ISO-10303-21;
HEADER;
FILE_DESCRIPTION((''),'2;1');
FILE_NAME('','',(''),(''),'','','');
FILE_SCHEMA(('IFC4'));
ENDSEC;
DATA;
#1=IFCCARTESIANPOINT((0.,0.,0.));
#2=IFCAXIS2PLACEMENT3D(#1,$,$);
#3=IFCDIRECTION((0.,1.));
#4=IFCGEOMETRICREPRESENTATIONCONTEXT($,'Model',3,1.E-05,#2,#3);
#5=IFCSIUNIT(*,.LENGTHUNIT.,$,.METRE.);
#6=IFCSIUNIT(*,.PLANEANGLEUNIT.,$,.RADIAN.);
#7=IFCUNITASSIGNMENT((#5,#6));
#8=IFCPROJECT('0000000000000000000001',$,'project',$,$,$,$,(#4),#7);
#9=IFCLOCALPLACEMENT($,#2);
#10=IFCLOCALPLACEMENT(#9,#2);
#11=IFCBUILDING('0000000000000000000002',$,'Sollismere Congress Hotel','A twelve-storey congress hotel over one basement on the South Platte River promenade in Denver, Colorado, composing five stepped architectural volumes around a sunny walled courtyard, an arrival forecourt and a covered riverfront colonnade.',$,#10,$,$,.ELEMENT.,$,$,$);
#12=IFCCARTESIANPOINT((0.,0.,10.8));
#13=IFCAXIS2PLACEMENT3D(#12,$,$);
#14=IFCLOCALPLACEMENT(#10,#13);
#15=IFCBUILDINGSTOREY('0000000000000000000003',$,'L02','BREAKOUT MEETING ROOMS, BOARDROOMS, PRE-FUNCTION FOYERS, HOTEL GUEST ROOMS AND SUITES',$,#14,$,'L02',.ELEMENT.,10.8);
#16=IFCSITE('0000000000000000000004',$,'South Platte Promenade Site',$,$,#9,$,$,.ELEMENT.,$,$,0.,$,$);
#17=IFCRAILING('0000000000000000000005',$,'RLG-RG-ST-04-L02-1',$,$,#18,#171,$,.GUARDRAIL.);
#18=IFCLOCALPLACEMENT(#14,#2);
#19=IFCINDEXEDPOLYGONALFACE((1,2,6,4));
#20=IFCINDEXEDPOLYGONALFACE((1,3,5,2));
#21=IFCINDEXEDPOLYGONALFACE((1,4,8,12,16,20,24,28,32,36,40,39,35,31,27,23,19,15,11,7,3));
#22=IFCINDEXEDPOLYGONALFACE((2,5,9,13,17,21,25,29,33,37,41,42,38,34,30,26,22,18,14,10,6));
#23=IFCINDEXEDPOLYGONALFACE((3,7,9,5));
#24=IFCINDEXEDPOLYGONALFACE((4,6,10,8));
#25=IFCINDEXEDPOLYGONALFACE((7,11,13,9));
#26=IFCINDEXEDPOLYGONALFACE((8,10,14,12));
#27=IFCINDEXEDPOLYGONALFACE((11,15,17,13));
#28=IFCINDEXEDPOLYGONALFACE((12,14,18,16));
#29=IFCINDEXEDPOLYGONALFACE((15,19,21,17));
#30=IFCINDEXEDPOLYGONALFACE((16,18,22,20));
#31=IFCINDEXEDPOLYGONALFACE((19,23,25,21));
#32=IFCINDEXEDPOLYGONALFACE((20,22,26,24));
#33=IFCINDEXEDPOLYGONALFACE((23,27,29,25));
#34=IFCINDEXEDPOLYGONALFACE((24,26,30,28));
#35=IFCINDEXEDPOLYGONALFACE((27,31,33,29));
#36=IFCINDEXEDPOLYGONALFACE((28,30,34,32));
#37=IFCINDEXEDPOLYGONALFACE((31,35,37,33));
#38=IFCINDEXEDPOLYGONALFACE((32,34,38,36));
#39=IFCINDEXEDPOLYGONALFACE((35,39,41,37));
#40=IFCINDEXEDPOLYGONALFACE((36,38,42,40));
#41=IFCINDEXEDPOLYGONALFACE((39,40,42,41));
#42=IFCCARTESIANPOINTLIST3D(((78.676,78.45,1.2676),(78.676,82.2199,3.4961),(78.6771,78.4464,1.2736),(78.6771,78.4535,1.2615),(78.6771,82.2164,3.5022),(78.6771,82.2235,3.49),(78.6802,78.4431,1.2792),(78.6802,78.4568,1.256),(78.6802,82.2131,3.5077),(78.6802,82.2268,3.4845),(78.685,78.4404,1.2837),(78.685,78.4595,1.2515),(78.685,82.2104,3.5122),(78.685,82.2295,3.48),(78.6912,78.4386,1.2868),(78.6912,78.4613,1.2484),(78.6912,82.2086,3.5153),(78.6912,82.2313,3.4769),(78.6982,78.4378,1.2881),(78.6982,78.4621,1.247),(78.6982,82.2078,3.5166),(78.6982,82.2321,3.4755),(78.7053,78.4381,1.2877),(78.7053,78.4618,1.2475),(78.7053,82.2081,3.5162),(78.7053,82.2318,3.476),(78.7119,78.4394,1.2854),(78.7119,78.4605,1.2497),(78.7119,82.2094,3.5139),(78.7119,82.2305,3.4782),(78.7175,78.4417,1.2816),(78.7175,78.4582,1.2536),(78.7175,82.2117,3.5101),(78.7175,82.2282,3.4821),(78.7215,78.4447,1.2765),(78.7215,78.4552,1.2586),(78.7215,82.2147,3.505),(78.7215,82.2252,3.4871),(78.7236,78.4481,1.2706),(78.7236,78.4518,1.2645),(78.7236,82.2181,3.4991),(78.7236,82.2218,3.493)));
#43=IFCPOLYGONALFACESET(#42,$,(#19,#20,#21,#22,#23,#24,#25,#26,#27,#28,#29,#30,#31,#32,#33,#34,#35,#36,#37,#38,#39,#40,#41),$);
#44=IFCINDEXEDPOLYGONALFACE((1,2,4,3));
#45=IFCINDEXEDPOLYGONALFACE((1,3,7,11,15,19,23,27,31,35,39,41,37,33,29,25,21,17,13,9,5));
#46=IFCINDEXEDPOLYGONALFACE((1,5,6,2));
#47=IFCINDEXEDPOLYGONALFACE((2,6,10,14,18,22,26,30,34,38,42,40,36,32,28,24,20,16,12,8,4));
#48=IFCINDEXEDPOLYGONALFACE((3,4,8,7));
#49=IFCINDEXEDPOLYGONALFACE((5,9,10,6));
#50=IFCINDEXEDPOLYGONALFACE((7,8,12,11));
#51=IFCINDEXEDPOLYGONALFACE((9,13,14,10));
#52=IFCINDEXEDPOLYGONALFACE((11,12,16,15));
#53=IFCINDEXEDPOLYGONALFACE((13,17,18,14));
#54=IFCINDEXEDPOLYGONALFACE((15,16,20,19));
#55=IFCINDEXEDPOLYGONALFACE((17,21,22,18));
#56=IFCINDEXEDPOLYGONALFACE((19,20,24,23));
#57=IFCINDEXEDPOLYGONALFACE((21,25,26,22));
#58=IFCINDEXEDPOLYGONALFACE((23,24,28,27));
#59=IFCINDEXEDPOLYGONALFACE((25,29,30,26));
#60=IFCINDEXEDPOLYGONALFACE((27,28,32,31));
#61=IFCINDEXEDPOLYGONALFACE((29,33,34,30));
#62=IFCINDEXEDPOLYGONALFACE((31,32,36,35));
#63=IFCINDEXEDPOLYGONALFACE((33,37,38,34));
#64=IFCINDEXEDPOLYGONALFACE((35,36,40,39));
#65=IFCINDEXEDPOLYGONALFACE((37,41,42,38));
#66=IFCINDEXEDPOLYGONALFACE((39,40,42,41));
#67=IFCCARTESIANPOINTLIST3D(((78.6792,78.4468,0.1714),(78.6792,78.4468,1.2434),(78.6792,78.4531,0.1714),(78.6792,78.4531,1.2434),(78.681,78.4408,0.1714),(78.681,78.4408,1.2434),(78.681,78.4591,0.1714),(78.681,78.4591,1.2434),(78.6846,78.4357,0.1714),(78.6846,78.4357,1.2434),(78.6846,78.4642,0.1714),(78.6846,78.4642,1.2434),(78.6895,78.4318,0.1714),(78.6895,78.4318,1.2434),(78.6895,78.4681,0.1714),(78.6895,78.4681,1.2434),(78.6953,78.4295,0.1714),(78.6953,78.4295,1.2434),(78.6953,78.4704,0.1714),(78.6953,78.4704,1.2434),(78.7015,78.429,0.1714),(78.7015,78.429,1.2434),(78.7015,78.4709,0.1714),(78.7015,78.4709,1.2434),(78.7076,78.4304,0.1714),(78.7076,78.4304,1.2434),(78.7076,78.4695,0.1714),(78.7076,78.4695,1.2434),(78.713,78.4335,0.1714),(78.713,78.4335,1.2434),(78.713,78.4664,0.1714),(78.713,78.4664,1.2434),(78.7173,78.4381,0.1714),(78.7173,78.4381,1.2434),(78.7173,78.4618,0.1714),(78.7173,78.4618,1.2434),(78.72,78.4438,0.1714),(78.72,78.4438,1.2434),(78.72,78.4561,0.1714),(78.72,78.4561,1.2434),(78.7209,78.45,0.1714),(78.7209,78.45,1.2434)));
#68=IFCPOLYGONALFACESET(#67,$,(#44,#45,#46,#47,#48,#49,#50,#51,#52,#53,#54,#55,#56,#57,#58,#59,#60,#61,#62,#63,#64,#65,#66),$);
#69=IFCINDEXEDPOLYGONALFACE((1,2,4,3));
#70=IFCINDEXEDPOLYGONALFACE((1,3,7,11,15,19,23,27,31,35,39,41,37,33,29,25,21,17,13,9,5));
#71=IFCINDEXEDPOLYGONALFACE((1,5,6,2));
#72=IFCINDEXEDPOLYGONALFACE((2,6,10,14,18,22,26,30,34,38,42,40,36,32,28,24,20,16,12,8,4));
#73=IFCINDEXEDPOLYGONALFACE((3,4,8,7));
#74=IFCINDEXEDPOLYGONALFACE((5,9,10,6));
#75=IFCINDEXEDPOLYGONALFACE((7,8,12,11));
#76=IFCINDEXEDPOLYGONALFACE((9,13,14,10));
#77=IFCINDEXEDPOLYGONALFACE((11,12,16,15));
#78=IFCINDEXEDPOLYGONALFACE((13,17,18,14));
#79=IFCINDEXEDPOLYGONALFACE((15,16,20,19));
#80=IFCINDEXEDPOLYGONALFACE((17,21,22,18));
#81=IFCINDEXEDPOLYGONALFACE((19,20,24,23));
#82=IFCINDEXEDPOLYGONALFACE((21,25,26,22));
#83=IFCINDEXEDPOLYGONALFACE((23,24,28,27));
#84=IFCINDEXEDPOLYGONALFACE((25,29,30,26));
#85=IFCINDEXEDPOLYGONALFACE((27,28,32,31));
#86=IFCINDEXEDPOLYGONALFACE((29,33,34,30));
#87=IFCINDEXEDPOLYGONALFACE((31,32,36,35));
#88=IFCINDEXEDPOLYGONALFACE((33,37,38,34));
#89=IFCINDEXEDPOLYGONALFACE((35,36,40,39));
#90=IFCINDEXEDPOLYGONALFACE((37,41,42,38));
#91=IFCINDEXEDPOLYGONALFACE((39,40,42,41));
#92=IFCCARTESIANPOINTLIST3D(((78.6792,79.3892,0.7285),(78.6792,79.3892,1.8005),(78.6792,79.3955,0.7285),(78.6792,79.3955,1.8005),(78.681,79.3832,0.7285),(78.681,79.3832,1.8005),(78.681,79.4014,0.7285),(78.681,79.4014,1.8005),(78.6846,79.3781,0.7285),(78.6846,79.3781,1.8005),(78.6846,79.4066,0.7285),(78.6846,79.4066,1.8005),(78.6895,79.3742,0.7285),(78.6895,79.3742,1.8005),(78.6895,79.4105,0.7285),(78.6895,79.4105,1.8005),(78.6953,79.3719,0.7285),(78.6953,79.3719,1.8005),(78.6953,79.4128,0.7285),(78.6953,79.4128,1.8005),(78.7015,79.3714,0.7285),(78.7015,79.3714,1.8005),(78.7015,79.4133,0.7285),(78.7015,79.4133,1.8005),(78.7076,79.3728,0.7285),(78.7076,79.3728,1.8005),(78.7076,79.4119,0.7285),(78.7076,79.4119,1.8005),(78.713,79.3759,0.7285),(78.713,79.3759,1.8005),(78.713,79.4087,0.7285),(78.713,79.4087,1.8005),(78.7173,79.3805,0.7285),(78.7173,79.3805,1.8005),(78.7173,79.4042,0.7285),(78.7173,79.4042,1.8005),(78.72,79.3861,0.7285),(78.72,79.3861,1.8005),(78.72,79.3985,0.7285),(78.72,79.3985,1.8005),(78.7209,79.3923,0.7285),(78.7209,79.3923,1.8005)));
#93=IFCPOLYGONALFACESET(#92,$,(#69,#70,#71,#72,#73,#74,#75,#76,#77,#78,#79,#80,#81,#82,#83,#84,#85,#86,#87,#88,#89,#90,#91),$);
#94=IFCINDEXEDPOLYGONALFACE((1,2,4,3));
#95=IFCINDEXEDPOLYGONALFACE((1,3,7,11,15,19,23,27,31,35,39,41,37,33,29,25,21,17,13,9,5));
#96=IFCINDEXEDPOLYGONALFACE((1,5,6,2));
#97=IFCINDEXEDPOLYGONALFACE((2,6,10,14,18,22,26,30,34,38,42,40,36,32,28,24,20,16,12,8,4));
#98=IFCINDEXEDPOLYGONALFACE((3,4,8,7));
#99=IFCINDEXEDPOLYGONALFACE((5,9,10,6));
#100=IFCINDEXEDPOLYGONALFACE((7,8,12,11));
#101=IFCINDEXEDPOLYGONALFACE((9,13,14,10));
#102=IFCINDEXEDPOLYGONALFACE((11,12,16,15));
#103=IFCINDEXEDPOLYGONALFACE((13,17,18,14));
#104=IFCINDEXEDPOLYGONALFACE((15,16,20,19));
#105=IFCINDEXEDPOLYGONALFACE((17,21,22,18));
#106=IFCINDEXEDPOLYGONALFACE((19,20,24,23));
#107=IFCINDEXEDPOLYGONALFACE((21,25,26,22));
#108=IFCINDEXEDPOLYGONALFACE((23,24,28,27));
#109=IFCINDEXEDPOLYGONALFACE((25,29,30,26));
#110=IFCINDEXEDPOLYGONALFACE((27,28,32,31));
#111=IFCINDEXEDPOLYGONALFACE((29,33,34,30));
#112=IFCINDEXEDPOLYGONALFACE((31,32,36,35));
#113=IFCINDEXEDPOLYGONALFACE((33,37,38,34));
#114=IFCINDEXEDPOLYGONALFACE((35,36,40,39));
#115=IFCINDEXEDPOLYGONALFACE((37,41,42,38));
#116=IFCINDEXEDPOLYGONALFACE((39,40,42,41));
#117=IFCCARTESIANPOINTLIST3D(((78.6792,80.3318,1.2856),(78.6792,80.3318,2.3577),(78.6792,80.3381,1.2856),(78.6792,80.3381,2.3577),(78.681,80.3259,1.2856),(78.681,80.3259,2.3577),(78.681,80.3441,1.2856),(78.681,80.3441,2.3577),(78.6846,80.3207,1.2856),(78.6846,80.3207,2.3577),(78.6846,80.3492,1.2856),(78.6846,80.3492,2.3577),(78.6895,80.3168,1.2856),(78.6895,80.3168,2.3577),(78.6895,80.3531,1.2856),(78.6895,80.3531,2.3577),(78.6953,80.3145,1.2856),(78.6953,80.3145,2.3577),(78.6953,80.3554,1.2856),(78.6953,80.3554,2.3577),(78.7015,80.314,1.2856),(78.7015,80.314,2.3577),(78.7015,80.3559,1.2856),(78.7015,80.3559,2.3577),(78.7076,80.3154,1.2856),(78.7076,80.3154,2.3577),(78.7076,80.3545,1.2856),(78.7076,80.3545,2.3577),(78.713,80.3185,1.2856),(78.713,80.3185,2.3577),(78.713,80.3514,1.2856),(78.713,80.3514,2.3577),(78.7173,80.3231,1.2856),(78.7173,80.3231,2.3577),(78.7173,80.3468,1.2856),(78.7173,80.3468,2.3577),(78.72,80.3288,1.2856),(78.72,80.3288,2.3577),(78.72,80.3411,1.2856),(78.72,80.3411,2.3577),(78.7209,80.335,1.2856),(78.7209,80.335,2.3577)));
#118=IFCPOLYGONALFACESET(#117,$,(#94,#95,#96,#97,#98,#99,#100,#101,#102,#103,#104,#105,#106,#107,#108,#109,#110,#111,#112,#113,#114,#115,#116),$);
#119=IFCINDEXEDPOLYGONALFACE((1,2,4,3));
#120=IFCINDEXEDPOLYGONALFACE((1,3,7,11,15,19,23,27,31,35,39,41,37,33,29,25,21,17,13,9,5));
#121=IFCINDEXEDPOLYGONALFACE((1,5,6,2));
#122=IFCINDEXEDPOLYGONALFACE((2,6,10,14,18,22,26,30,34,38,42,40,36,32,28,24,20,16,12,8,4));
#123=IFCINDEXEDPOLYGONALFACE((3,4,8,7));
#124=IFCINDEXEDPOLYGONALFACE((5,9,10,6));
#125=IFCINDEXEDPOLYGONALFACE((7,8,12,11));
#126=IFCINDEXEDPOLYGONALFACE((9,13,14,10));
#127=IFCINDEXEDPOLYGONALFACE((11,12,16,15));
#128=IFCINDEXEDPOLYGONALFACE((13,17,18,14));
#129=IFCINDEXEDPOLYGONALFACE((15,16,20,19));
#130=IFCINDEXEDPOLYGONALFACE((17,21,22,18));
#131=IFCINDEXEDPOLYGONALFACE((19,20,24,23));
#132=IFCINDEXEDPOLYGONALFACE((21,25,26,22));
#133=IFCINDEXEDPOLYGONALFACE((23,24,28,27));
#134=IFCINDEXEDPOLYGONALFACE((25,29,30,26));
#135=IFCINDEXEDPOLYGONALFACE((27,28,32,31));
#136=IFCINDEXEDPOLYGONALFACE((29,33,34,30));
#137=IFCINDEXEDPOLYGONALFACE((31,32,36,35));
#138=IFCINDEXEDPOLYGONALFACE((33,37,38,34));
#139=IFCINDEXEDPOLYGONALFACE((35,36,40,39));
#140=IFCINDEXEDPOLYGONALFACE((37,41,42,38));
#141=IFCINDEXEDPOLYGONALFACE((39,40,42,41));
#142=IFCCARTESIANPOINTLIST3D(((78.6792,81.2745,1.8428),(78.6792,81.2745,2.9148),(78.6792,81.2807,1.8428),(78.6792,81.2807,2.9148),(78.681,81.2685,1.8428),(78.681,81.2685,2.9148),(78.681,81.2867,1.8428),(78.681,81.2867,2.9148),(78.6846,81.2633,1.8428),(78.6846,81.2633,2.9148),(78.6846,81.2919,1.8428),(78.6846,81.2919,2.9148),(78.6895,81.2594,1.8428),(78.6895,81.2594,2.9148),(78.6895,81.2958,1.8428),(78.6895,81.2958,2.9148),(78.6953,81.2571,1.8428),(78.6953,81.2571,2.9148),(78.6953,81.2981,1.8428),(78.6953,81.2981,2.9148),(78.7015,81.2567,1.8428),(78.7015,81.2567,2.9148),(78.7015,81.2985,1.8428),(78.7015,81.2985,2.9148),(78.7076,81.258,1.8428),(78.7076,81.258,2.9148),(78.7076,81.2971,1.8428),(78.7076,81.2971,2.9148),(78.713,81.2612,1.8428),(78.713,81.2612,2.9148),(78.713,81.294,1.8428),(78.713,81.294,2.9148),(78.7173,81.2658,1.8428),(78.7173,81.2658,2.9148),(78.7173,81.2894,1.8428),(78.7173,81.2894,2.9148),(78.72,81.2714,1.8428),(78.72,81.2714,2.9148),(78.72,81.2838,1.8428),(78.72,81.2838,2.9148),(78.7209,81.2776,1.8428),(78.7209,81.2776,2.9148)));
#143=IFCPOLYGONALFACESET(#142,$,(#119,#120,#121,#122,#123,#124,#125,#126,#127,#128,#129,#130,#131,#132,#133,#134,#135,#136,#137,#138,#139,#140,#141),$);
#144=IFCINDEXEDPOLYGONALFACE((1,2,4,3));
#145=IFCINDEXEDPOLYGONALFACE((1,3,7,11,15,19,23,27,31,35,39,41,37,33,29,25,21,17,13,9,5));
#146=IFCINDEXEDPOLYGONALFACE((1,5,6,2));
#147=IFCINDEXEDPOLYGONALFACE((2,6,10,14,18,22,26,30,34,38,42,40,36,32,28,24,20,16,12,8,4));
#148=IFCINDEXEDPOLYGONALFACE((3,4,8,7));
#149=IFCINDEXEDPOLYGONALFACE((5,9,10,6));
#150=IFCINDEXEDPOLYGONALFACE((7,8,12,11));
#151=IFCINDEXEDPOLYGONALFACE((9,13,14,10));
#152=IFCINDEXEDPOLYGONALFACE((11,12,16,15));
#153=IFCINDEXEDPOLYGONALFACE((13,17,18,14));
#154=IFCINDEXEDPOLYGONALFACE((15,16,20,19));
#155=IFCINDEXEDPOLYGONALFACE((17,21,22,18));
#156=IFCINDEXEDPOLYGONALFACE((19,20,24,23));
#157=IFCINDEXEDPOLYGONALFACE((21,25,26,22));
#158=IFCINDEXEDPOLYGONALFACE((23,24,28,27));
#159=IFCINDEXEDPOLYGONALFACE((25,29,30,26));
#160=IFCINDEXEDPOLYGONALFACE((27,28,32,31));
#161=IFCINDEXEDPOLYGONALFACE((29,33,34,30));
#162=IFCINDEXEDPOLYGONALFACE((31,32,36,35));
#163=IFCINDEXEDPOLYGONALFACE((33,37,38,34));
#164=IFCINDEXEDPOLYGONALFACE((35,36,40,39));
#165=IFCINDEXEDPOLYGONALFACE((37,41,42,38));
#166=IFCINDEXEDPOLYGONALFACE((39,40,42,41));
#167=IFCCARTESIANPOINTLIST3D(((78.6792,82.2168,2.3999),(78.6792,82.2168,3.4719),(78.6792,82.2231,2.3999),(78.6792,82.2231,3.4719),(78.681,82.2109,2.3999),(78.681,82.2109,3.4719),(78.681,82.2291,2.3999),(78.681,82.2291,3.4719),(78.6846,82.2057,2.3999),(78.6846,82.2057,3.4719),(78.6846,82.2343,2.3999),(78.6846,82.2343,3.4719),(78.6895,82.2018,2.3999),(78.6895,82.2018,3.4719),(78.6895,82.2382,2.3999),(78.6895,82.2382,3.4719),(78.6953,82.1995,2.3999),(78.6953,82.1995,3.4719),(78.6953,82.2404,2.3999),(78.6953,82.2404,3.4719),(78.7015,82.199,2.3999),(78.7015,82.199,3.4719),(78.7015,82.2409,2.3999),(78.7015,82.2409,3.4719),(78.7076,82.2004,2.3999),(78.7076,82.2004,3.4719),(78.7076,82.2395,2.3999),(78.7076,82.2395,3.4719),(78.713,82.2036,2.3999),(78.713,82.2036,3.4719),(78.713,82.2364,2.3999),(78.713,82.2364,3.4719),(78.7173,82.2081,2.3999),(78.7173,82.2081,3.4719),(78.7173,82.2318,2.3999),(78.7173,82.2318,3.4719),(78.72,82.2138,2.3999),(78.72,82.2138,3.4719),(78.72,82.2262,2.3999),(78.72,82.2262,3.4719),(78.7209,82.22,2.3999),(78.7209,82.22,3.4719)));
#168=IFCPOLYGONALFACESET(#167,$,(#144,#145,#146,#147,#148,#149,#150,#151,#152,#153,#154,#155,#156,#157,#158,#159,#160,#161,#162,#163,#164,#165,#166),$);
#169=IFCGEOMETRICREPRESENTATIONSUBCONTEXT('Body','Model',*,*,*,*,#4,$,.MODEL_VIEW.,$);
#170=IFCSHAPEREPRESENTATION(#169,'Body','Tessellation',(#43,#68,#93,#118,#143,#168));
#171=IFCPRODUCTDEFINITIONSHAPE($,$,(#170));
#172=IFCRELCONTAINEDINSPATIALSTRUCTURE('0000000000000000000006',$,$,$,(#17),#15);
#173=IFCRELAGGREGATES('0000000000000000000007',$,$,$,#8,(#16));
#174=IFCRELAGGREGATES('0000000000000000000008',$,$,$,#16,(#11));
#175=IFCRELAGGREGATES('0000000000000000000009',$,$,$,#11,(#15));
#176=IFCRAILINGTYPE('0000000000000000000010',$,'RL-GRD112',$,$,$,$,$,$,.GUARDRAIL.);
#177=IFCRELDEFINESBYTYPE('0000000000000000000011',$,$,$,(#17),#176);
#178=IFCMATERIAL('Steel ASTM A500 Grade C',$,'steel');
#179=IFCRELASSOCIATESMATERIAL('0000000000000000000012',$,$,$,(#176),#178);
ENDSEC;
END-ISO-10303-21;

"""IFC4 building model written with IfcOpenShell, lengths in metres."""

from ifc_helpers import new_model, si_unit, direction, frame, origin, origin_2d, place, context, subcontext, project, spatial, circle, extrude, material, type_object, element, save


model = new_model("IFC4")

# Units and contexts
model_context = context("Model", 3, precision=1e-05, world=origin(), true_north=direction((0.0, 1.0)))
body_context = subcontext(model_context, "Body", "Model", "MODEL_VIEW")
ifc_project = project(units=[si_unit("LENGTHUNIT", "METRE"), si_unit("PLANEANGLEUNIT", "RADIAN")], contexts=[model_context])

# Site, building, storey
site_placement = place(None, origin())
site = spatial("IfcSite", under=ifc_project, at=site_placement, Name="South Platte Promenade Site", CompositionType="ELEMENT", RefElevation=0.0)
building_placement = place(site_placement, origin())
building = spatial("IfcBuilding", under=site, at=building_placement, Name="Sollismere Congress Hotel", Description="A twelve-storey congress hotel over one basement on the South Platte River promenade in Denver, Colorado, composing five stepped architectural volumes around a sunny walled courtyard, an arrival forecourt and a covered riverfront colonnade.", CompositionType="ELEMENT")
storey_placement = place(building_placement, frame((0.0, 0.0, 10.8)))
storey = spatial("IfcBuildingStorey", under=building, at=storey_placement, Name="L02", Description="BREAKOUT MEETING ROOMS, BOARDROOMS, PRE-FUNCTION FOYERS, HOTEL GUEST ROOMS AND SUITES", LongName="L02", CompositionType="ELEMENT", Elevation=10.8)

# Railing
ifc_material_1 = material(Name="Steel ASTM A500 Grade C", Category="steel")
railing_type_1 = type_object("IfcRailingType", Name="RL-GRD112", PredefinedType="GUARDRAIL", material=ifc_material_1)
railing_1_placement = place(storey_placement, frame((78.7, 78.45, 0.1714)))
element("IfcRailing", 1, at=railing_1_placement, inside=storey, type_object=railing_type_1, Name="RLG-RG-ST-04-L02-1", PredefinedType="GUARDRAIL", context=body_context, shape_type="SweptSolid", body=[
    extrude(circle(Radius=0.0239, at=origin_2d()), frame((0.0, 0.0, 1.0962), z_axis=(0.0, 0.860849, 0.508861), x_axis=(-1.0, 0.0, 0.0)), (0.0, 0.0, 1.0), 4.3794),
    extrude(circle(Radius=0.021, at=origin_2d()), origin(), (0.0, 0.0, 1.0), 1.072),
    extrude(circle(Radius=0.021, at=origin_2d()), frame((0.0, 0.9424, 0.5571)), (0.0, 0.0, 1.0), 1.072),
    extrude(circle(Radius=0.021, at=origin_2d()), frame((0.0, 1.885, 1.1143)), (0.0, 0.0, 1.0), 1.072),
    extrude(circle(Radius=0.021, at=origin_2d()), frame((0.0, 2.8276, 1.6714)), (0.0, 0.0, 1.0), 1.072),
    extrude(circle(Radius=0.021, at=origin_2d()), frame((0.0, 3.77, 2.2285)), (0.0, 0.0, 1.0), 1.072),
])

save(model, "model.ifc")
